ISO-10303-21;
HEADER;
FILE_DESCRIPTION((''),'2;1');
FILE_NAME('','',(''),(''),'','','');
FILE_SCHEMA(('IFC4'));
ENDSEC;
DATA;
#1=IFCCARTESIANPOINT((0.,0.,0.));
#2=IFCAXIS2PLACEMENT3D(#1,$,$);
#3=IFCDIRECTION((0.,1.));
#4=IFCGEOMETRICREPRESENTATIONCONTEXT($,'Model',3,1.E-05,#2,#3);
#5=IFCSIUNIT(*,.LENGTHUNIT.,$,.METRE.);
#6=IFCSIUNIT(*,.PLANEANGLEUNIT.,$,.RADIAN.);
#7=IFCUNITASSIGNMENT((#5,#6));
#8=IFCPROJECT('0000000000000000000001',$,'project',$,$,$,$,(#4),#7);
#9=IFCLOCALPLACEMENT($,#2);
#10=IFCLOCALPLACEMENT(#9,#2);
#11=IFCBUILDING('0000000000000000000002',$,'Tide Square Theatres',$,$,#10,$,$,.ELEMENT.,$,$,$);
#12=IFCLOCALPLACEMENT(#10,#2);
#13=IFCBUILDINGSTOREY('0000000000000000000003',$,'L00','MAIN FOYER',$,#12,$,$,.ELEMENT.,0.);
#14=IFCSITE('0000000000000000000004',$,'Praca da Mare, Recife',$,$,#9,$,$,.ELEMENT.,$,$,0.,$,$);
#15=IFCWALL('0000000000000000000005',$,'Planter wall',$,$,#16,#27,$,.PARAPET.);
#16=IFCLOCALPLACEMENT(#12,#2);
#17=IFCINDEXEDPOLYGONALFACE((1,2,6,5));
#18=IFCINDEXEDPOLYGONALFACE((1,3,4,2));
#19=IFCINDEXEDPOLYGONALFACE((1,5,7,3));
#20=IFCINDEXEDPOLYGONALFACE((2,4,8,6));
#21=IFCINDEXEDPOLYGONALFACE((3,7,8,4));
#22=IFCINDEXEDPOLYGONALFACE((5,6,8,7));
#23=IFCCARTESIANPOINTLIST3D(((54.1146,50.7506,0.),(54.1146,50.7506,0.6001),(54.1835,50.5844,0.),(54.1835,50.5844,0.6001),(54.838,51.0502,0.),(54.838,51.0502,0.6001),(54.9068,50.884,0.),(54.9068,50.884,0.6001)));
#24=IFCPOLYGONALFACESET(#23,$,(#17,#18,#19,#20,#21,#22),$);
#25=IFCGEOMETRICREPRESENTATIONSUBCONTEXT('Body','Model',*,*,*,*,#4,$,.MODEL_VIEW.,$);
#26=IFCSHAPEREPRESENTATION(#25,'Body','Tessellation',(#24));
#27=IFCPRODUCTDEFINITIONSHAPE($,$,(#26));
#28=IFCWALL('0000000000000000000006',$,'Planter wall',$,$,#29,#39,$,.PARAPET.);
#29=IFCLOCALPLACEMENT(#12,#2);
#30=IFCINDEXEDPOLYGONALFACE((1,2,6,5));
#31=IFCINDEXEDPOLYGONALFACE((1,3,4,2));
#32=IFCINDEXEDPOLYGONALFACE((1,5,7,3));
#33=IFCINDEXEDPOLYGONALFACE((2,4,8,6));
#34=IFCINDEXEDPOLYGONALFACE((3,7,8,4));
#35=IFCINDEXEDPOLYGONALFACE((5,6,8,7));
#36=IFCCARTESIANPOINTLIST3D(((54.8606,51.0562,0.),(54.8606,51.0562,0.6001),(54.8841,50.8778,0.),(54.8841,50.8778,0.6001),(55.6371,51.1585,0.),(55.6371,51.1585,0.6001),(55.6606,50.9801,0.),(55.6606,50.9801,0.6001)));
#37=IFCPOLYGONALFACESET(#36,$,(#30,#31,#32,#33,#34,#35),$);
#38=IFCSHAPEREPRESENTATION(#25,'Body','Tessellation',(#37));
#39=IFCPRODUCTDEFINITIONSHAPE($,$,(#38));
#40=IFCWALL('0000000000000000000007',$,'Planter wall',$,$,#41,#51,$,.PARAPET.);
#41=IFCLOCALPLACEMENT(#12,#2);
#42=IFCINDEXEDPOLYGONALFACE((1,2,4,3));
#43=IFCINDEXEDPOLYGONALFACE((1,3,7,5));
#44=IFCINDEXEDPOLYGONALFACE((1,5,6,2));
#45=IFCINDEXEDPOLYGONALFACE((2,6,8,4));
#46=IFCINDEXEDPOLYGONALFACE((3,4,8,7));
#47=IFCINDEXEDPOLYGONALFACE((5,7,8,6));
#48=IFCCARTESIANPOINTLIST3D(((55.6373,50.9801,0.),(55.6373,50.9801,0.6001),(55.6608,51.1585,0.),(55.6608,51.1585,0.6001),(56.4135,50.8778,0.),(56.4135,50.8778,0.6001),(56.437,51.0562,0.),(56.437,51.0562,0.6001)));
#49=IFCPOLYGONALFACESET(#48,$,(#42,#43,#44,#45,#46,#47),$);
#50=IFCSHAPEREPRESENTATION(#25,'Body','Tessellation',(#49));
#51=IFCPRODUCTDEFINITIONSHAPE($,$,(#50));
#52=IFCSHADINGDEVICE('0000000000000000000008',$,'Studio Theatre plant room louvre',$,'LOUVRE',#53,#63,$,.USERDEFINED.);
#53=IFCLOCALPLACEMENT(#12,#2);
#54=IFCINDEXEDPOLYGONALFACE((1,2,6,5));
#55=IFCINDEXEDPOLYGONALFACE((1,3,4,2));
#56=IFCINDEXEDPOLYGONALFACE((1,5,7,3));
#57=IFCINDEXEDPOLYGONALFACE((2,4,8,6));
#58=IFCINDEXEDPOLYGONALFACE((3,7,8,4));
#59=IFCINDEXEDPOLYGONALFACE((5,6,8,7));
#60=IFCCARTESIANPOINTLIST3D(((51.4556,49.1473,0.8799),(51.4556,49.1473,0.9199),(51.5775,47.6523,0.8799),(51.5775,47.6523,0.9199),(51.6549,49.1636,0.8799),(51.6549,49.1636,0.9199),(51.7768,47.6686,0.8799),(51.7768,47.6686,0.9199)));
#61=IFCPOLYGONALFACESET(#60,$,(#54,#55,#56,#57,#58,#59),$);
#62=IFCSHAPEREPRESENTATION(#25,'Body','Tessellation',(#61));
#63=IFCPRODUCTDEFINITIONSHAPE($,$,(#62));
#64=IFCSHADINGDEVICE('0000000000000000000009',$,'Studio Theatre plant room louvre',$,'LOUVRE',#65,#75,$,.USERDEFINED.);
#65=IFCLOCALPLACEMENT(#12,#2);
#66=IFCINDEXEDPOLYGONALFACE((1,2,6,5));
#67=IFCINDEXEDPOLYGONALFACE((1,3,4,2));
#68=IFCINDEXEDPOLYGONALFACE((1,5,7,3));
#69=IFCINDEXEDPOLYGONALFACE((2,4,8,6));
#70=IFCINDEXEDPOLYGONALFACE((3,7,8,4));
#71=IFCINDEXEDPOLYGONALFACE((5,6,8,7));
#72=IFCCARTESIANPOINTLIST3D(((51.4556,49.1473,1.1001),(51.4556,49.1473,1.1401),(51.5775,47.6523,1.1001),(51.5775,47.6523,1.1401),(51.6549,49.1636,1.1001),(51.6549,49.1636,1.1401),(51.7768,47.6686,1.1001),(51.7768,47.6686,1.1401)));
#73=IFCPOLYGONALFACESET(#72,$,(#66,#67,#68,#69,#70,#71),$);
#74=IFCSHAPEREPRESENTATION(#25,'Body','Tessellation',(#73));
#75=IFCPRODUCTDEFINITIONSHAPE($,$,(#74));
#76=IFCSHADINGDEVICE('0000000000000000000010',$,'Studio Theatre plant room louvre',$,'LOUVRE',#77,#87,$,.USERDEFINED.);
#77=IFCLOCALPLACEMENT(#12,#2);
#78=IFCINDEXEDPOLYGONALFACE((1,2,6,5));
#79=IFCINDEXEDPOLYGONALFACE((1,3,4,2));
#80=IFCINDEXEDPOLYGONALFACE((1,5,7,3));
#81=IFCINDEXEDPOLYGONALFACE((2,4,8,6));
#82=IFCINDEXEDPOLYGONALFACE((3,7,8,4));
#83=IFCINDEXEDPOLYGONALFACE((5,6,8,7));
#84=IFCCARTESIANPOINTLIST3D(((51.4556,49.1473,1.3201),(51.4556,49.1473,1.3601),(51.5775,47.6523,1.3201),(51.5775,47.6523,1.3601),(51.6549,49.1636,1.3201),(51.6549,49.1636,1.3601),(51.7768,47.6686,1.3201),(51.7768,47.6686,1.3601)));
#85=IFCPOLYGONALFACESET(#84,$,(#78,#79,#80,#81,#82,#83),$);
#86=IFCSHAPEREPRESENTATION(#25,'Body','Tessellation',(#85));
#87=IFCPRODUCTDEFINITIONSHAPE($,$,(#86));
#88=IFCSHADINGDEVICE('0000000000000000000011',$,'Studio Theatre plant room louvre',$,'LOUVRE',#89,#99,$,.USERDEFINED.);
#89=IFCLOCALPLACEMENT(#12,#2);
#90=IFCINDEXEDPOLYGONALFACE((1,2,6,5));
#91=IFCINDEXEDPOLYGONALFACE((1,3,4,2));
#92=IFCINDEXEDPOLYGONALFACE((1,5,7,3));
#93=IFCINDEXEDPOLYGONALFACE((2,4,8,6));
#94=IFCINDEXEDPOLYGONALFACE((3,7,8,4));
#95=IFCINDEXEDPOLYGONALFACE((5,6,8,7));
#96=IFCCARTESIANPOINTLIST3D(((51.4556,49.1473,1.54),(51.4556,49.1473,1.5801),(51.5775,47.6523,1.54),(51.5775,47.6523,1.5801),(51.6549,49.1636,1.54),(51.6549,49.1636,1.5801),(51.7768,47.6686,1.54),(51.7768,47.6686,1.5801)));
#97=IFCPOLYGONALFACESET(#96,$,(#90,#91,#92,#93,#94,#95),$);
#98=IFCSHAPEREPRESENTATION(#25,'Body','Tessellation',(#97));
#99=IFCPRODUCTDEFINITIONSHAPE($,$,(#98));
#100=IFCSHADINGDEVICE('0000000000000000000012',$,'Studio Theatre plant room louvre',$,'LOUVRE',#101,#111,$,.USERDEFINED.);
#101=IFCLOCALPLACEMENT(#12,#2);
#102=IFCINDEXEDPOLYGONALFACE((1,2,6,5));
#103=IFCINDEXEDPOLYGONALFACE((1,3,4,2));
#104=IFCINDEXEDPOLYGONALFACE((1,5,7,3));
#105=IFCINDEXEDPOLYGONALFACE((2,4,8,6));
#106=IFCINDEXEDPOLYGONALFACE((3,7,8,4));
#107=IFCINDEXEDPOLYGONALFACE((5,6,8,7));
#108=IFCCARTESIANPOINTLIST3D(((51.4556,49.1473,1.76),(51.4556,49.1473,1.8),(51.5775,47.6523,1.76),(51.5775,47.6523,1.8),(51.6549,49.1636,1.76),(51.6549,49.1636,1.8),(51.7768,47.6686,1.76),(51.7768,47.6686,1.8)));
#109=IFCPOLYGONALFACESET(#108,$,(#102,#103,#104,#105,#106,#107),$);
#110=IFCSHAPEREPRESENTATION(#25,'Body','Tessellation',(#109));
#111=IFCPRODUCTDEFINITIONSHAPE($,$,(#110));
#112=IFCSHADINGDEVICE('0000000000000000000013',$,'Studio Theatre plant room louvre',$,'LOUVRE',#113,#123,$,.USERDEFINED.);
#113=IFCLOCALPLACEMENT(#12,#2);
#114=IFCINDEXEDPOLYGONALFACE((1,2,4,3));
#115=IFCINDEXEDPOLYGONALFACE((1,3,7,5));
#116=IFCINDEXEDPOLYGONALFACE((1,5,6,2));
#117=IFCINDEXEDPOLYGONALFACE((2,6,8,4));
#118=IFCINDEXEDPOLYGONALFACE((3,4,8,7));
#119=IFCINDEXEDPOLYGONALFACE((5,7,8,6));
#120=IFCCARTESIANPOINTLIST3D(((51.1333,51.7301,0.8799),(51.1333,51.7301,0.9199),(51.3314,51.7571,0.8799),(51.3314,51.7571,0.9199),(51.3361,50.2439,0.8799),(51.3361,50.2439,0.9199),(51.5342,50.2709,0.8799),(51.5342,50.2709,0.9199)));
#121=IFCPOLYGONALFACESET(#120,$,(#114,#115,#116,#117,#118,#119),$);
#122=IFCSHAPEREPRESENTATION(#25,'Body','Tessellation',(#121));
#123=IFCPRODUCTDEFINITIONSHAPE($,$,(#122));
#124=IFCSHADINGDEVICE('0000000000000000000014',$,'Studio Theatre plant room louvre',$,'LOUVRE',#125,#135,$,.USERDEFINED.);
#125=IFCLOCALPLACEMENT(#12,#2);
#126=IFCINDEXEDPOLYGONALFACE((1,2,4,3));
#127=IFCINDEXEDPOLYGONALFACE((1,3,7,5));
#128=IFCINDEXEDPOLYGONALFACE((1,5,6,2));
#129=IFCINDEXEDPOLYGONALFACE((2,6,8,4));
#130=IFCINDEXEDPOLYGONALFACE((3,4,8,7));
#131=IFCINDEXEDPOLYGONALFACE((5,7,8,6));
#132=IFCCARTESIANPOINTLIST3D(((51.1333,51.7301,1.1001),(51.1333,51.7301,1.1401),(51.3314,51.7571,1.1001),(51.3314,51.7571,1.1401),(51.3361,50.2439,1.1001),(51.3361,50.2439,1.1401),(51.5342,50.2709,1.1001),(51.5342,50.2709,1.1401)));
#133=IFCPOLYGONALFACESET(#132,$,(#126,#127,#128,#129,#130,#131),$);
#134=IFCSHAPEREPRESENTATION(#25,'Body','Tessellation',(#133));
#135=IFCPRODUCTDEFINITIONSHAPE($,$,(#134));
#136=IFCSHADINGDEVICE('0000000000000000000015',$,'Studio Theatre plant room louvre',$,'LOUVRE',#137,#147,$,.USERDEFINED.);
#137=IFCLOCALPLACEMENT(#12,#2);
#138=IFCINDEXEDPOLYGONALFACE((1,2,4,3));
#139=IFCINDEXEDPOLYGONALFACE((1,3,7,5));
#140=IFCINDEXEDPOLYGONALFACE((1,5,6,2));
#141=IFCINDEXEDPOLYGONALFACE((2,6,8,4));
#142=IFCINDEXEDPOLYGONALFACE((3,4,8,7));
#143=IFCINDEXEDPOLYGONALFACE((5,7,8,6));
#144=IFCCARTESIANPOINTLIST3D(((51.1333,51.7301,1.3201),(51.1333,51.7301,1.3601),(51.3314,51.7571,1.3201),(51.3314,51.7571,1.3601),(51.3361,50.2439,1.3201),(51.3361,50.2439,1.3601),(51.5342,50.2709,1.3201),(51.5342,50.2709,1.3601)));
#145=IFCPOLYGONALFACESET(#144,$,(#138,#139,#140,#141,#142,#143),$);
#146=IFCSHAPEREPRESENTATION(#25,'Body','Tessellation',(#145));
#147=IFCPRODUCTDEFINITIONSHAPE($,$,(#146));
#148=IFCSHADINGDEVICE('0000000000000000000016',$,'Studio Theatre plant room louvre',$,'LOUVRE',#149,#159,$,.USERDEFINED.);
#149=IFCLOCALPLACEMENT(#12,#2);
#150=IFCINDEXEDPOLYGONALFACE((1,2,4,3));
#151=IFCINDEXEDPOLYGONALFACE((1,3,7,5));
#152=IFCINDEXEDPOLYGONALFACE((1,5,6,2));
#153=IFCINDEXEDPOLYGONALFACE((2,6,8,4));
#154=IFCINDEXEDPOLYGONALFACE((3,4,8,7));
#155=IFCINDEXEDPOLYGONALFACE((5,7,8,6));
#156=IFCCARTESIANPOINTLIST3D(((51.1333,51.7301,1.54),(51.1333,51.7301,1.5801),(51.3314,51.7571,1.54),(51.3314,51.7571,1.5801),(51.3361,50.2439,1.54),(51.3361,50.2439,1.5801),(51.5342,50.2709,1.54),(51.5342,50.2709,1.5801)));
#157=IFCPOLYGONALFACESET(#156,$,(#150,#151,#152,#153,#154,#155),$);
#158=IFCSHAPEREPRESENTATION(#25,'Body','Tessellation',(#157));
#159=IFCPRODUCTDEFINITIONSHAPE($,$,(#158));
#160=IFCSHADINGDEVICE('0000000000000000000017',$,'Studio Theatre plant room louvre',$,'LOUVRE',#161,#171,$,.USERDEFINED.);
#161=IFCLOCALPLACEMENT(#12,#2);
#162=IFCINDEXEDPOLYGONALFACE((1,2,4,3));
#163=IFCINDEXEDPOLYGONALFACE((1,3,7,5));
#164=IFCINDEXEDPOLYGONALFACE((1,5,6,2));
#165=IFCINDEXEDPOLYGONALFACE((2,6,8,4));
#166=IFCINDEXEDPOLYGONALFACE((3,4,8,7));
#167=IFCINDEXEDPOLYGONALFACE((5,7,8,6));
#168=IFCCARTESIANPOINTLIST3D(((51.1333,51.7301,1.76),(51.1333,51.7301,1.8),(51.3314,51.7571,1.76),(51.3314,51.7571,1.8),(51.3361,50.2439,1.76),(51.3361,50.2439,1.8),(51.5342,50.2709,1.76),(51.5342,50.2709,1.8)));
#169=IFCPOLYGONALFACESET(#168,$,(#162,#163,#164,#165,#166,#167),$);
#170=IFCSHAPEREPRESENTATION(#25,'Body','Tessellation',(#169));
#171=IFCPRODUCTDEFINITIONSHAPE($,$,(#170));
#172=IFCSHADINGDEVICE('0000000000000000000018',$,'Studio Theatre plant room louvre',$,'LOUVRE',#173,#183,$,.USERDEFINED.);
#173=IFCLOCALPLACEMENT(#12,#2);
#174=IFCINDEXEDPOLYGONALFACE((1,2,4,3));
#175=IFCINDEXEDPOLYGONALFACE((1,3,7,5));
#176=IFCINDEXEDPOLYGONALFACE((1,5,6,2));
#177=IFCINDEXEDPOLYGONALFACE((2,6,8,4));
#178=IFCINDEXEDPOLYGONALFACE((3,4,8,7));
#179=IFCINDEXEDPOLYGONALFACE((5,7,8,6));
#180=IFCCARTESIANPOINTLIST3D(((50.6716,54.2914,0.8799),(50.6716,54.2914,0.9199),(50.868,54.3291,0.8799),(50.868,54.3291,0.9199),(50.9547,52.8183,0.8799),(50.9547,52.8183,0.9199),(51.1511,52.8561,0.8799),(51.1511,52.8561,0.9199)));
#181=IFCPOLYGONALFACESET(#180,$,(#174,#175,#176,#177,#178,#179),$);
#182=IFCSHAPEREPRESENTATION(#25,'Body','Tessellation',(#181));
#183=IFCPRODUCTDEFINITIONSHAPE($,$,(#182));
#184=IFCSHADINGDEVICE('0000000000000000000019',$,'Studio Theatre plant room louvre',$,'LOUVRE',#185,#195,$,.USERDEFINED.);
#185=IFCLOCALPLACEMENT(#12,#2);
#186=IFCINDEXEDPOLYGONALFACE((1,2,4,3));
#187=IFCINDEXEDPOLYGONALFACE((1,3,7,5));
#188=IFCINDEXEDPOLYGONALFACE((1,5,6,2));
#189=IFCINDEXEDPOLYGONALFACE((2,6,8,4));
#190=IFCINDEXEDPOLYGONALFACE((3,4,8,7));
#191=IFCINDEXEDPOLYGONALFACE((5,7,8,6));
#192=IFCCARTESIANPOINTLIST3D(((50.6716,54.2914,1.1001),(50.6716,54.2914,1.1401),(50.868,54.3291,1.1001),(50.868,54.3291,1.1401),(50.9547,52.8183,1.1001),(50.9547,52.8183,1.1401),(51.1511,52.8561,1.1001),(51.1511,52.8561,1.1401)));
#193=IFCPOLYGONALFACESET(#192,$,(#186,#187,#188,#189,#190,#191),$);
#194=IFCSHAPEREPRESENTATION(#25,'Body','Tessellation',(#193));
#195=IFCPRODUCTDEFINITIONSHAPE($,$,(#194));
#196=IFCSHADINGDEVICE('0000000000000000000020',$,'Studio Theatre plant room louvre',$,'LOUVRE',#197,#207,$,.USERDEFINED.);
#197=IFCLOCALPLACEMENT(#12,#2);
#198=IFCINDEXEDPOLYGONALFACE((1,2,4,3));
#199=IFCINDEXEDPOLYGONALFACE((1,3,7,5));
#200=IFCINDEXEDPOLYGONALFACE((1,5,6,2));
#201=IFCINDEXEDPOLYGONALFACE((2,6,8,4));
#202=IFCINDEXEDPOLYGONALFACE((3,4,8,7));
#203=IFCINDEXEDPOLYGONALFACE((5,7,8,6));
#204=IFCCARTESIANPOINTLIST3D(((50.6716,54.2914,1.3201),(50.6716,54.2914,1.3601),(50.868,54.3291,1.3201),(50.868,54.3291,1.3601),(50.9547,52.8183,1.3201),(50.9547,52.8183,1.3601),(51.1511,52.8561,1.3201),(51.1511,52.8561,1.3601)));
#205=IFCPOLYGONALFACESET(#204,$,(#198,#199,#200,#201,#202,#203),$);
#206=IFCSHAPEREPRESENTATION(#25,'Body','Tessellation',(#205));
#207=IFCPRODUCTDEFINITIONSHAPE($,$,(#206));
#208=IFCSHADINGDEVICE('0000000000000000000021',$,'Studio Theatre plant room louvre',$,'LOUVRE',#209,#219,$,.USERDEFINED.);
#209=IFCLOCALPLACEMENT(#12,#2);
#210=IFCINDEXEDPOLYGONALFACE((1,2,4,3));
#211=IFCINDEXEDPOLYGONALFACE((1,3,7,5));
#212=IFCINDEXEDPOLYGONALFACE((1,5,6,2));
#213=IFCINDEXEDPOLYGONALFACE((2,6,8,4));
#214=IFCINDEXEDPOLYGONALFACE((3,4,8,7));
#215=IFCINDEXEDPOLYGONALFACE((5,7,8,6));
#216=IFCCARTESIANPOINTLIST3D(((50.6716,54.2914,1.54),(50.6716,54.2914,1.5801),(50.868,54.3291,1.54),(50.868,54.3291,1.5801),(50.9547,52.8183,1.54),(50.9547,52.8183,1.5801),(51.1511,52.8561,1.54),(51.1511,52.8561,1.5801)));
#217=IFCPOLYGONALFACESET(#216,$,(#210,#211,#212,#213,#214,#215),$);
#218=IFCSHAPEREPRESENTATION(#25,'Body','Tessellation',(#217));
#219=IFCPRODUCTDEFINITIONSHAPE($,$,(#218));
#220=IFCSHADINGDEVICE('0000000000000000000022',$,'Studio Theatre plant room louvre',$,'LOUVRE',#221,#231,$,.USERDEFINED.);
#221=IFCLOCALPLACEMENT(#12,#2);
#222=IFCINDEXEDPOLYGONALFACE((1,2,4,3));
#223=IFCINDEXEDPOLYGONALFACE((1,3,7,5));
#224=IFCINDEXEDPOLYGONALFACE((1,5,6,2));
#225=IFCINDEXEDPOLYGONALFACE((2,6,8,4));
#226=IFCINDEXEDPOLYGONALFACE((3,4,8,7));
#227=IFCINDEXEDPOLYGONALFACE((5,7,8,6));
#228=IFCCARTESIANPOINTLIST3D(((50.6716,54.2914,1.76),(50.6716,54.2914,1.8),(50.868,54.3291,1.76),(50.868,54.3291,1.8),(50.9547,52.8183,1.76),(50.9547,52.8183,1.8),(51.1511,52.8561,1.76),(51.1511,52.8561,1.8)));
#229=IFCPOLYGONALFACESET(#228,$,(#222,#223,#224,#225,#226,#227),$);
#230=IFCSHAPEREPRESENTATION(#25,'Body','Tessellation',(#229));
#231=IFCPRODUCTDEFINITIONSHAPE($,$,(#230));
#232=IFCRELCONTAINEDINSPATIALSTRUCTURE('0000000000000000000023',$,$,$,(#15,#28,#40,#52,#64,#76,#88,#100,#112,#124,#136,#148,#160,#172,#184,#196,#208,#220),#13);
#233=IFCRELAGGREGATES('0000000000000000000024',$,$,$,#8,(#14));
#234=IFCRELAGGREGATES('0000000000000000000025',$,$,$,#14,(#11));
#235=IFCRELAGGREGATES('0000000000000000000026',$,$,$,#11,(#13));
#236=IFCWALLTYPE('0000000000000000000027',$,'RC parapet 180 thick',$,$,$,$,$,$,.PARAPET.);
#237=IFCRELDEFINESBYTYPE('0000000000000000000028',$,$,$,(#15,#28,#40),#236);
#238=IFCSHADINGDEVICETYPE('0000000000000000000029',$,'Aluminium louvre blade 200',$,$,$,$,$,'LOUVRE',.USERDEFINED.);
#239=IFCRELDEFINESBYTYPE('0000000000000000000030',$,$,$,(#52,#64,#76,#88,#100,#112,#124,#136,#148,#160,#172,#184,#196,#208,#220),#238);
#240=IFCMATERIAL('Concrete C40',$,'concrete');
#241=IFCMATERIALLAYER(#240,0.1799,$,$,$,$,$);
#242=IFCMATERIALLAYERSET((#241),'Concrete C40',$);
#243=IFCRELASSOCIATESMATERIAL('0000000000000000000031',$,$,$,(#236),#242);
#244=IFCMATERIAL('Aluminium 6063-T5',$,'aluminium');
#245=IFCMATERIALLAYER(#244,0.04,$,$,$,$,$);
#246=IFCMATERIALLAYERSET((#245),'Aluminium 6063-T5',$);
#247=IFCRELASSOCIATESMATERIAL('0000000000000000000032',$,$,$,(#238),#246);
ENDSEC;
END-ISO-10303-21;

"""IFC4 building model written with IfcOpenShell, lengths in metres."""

from ifc_helpers import new_model, si_unit, direction, frame, frame_2d, origin, origin_2d, place, context, subcontext, project, spatial, rectangle, extrude, material, layer, layer_set, type_object, element, save


model = new_model("IFC4")

# Units and contexts
model_context = context("Model", 3, precision=1e-05, world=origin(), true_north=direction((0.0, 1.0)))
body_context = subcontext(model_context, "Body", "Model", "MODEL_VIEW")
ifc_project = project(units=[si_unit("LENGTHUNIT", "METRE"), si_unit("PLANEANGLEUNIT", "RADIAN")], contexts=[model_context])

# Site, building, storey
site_placement = place(None, origin())
site = spatial("IfcSite", under=ifc_project, at=site_placement, Name="Praca da Mare, Recife", CompositionType="ELEMENT", RefElevation=0.0)
building_placement = place(site_placement, origin())
building = spatial("IfcBuilding", under=site, at=building_placement, Name="Tide Square Theatres", CompositionType="ELEMENT")
storey_placement = place(building_placement, origin())
storey = spatial("IfcBuildingStorey", under=building, at=storey_placement, Name="L00", Description="MAIN FOYER", CompositionType="ELEMENT", Elevation=0.0)

# Walls
ifc_material_1 = material(Name="Concrete C40", Category="concrete")
ifc_layer_1 = layer(ifc_material_1, 0.1799)
ifc_layer_set_1 = layer_set([ifc_layer_1], Name="Concrete C40")
wall_type_1 = type_object("IfcWallType", Name="RC parapet 180 thick", PredefinedType="PARAPET", material=ifc_layer_set_1)
wall_1_placement = place(storey_placement, frame((54.1489, 50.6675, 0.0), z_axis=(0.0, 0.0, 1.0), x_axis=(0.923914, 0.3826, 0.0)))
element("IfcWall", 1, at=wall_1_placement, inside=storey, type_object=wall_type_1, Name="Planter wall", PredefinedType="PARAPET", context=body_context, shape_type="SweptSolid", body=[
    extrude(rectangle(XDim=0.783, YDim=0.1799, at=frame_2d((0.3916, 0.0))), origin(), (0.0, 0.0, 1.0), 0.6001),
])
wall_2_placement = place(storey_placement, frame((54.8723, 50.967, 0.0), z_axis=(0.0, 0.0, 1.0), x_axis=(0.991436, 0.130592, 0.0)))
element("IfcWall", 2, at=wall_2_placement, inside=storey, type_object=wall_type_1, Name="Planter wall", PredefinedType="PARAPET", context=body_context, shape_type="SweptSolid", body=[
    extrude(rectangle(XDim=0.7832, YDim=0.1799, at=frame_2d((0.3916, 0.0))), origin(), (0.0, 0.0, 1.0), 0.6001),
])
wall_3_placement = place(storey_placement, frame((55.6489, 51.0693, 0.0), z_axis=(0.0, 0.0, 1.0), x_axis=(0.991431, -0.130632, 0.0)))
element("IfcWall", 3, at=wall_3_placement, inside=storey, type_object=wall_type_1, Name="Planter wall", PredefinedType="PARAPET", context=body_context, shape_type="SweptSolid", body=[
    extrude(rectangle(XDim=0.783, YDim=0.1799, at=frame_2d((0.3916, 0.0))), origin(), (0.0, 0.0, 1.0), 0.6001),
])

# Shading devices
ifc_material_2 = material(Name="Aluminium 6063-T5", Category="aluminium")
ifc_layer_2 = layer(ifc_material_2, 0.04)
ifc_layer_set_2 = layer_set([ifc_layer_2], Name="Aluminium 6063-T5")
shading_device_type = type_object("IfcShadingDeviceType", Name="Aluminium louvre blade 200", ElementType="LOUVRE", PredefinedType="USERDEFINED", material=ifc_layer_set_2)
for number, where, z_axis, x_axis, name in (
    (4, (51.6162, 48.408, 0.8799), (0.0, 0.0, 1.0), (-0.081295, 0.99669, 0.0), "Studio Theatre plant room louvre"),
    (5, (51.6162, 48.408, 1.1001), (0.0, 0.0, 1.0), (-0.081295, 0.99669, 0.0), "Studio Theatre plant room louvre"),
    (6, (51.6162, 48.408, 1.3201), (0.0, 0.0, 1.0), (-0.081295, 0.99669, 0.0), "Studio Theatre plant room louvre"),
    (7, (51.6162, 48.408, 1.54), (0.0, 0.0, 1.0), (-0.081295, 0.99669, 0.0), "Studio Theatre plant room louvre"),
    (8, (51.6162, 48.408, 1.76), (0.0, 0.0, 1.0), (-0.081295, 0.99669, 0.0), "Studio Theatre plant room louvre"),
    (9, (51.3337, 51.0005, 0.8799), (0.0, 0.0, 1.0), (-0.135214, 0.990816, 0.0), "Studio Theatre plant room louvre"),
    (10, (51.3337, 51.0005, 1.1001), (0.0, 0.0, 1.0), (-0.135214, 0.990816, 0.0), "Studio Theatre plant room louvre"),
    (11, (51.3337, 51.0005, 1.3201), (0.0, 0.0, 1.0), (-0.135214, 0.990816, 0.0), "Studio Theatre plant room louvre"),
    (12, (51.3337, 51.0005, 1.54), (0.0, 0.0, 1.0), (-0.135214, 0.990816, 0.0), "Studio Theatre plant room louvre"),
    (13, (51.3337, 51.0005, 1.76), (0.0, 0.0, 1.0), (-0.135214, 0.990816, 0.0), "Studio Theatre plant room louvre"),
    (14, (50.9114, 53.5737, 0.8799), (0.0, 0.0, 1.0), (-0.188736, 0.982028, 0.0), "Studio Theatre plant room louvre"),
    (15, (50.9114, 53.5737, 1.1001), (0.0, 0.0, 1.0), (-0.188736, 0.982028, 0.0), "Studio Theatre plant room louvre"),
    (16, (50.9114, 53.5737, 1.3201), (0.0, 0.0, 1.0), (-0.188736, 0.982028, 0.0), "Studio Theatre plant room louvre"),
    (17, (50.9114, 53.5737, 1.54), (0.0, 0.0, 1.0), (-0.188736, 0.982028, 0.0), "Studio Theatre plant room louvre"),
    (18, (50.9114, 53.5737, 1.76), (0.0, 0.0, 1.0), (-0.188736, 0.982028, 0.0), "Studio Theatre plant room louvre"),
):
    element("IfcShadingDevice", number, at=place(storey_placement, frame(where, z_axis=z_axis, x_axis=x_axis)), inside=storey, type_object=shading_device_type, Name=name, ObjectType="LOUVRE", PredefinedType="USERDEFINED", context=body_context, shape_type="SweptSolid", body=[
        extrude(rectangle(XDim=1.5, YDim=0.2, at=origin_2d()), origin(), (0.0, 0.0, 1.0), 0.04),
    ])

save(model, "model.ifc")
